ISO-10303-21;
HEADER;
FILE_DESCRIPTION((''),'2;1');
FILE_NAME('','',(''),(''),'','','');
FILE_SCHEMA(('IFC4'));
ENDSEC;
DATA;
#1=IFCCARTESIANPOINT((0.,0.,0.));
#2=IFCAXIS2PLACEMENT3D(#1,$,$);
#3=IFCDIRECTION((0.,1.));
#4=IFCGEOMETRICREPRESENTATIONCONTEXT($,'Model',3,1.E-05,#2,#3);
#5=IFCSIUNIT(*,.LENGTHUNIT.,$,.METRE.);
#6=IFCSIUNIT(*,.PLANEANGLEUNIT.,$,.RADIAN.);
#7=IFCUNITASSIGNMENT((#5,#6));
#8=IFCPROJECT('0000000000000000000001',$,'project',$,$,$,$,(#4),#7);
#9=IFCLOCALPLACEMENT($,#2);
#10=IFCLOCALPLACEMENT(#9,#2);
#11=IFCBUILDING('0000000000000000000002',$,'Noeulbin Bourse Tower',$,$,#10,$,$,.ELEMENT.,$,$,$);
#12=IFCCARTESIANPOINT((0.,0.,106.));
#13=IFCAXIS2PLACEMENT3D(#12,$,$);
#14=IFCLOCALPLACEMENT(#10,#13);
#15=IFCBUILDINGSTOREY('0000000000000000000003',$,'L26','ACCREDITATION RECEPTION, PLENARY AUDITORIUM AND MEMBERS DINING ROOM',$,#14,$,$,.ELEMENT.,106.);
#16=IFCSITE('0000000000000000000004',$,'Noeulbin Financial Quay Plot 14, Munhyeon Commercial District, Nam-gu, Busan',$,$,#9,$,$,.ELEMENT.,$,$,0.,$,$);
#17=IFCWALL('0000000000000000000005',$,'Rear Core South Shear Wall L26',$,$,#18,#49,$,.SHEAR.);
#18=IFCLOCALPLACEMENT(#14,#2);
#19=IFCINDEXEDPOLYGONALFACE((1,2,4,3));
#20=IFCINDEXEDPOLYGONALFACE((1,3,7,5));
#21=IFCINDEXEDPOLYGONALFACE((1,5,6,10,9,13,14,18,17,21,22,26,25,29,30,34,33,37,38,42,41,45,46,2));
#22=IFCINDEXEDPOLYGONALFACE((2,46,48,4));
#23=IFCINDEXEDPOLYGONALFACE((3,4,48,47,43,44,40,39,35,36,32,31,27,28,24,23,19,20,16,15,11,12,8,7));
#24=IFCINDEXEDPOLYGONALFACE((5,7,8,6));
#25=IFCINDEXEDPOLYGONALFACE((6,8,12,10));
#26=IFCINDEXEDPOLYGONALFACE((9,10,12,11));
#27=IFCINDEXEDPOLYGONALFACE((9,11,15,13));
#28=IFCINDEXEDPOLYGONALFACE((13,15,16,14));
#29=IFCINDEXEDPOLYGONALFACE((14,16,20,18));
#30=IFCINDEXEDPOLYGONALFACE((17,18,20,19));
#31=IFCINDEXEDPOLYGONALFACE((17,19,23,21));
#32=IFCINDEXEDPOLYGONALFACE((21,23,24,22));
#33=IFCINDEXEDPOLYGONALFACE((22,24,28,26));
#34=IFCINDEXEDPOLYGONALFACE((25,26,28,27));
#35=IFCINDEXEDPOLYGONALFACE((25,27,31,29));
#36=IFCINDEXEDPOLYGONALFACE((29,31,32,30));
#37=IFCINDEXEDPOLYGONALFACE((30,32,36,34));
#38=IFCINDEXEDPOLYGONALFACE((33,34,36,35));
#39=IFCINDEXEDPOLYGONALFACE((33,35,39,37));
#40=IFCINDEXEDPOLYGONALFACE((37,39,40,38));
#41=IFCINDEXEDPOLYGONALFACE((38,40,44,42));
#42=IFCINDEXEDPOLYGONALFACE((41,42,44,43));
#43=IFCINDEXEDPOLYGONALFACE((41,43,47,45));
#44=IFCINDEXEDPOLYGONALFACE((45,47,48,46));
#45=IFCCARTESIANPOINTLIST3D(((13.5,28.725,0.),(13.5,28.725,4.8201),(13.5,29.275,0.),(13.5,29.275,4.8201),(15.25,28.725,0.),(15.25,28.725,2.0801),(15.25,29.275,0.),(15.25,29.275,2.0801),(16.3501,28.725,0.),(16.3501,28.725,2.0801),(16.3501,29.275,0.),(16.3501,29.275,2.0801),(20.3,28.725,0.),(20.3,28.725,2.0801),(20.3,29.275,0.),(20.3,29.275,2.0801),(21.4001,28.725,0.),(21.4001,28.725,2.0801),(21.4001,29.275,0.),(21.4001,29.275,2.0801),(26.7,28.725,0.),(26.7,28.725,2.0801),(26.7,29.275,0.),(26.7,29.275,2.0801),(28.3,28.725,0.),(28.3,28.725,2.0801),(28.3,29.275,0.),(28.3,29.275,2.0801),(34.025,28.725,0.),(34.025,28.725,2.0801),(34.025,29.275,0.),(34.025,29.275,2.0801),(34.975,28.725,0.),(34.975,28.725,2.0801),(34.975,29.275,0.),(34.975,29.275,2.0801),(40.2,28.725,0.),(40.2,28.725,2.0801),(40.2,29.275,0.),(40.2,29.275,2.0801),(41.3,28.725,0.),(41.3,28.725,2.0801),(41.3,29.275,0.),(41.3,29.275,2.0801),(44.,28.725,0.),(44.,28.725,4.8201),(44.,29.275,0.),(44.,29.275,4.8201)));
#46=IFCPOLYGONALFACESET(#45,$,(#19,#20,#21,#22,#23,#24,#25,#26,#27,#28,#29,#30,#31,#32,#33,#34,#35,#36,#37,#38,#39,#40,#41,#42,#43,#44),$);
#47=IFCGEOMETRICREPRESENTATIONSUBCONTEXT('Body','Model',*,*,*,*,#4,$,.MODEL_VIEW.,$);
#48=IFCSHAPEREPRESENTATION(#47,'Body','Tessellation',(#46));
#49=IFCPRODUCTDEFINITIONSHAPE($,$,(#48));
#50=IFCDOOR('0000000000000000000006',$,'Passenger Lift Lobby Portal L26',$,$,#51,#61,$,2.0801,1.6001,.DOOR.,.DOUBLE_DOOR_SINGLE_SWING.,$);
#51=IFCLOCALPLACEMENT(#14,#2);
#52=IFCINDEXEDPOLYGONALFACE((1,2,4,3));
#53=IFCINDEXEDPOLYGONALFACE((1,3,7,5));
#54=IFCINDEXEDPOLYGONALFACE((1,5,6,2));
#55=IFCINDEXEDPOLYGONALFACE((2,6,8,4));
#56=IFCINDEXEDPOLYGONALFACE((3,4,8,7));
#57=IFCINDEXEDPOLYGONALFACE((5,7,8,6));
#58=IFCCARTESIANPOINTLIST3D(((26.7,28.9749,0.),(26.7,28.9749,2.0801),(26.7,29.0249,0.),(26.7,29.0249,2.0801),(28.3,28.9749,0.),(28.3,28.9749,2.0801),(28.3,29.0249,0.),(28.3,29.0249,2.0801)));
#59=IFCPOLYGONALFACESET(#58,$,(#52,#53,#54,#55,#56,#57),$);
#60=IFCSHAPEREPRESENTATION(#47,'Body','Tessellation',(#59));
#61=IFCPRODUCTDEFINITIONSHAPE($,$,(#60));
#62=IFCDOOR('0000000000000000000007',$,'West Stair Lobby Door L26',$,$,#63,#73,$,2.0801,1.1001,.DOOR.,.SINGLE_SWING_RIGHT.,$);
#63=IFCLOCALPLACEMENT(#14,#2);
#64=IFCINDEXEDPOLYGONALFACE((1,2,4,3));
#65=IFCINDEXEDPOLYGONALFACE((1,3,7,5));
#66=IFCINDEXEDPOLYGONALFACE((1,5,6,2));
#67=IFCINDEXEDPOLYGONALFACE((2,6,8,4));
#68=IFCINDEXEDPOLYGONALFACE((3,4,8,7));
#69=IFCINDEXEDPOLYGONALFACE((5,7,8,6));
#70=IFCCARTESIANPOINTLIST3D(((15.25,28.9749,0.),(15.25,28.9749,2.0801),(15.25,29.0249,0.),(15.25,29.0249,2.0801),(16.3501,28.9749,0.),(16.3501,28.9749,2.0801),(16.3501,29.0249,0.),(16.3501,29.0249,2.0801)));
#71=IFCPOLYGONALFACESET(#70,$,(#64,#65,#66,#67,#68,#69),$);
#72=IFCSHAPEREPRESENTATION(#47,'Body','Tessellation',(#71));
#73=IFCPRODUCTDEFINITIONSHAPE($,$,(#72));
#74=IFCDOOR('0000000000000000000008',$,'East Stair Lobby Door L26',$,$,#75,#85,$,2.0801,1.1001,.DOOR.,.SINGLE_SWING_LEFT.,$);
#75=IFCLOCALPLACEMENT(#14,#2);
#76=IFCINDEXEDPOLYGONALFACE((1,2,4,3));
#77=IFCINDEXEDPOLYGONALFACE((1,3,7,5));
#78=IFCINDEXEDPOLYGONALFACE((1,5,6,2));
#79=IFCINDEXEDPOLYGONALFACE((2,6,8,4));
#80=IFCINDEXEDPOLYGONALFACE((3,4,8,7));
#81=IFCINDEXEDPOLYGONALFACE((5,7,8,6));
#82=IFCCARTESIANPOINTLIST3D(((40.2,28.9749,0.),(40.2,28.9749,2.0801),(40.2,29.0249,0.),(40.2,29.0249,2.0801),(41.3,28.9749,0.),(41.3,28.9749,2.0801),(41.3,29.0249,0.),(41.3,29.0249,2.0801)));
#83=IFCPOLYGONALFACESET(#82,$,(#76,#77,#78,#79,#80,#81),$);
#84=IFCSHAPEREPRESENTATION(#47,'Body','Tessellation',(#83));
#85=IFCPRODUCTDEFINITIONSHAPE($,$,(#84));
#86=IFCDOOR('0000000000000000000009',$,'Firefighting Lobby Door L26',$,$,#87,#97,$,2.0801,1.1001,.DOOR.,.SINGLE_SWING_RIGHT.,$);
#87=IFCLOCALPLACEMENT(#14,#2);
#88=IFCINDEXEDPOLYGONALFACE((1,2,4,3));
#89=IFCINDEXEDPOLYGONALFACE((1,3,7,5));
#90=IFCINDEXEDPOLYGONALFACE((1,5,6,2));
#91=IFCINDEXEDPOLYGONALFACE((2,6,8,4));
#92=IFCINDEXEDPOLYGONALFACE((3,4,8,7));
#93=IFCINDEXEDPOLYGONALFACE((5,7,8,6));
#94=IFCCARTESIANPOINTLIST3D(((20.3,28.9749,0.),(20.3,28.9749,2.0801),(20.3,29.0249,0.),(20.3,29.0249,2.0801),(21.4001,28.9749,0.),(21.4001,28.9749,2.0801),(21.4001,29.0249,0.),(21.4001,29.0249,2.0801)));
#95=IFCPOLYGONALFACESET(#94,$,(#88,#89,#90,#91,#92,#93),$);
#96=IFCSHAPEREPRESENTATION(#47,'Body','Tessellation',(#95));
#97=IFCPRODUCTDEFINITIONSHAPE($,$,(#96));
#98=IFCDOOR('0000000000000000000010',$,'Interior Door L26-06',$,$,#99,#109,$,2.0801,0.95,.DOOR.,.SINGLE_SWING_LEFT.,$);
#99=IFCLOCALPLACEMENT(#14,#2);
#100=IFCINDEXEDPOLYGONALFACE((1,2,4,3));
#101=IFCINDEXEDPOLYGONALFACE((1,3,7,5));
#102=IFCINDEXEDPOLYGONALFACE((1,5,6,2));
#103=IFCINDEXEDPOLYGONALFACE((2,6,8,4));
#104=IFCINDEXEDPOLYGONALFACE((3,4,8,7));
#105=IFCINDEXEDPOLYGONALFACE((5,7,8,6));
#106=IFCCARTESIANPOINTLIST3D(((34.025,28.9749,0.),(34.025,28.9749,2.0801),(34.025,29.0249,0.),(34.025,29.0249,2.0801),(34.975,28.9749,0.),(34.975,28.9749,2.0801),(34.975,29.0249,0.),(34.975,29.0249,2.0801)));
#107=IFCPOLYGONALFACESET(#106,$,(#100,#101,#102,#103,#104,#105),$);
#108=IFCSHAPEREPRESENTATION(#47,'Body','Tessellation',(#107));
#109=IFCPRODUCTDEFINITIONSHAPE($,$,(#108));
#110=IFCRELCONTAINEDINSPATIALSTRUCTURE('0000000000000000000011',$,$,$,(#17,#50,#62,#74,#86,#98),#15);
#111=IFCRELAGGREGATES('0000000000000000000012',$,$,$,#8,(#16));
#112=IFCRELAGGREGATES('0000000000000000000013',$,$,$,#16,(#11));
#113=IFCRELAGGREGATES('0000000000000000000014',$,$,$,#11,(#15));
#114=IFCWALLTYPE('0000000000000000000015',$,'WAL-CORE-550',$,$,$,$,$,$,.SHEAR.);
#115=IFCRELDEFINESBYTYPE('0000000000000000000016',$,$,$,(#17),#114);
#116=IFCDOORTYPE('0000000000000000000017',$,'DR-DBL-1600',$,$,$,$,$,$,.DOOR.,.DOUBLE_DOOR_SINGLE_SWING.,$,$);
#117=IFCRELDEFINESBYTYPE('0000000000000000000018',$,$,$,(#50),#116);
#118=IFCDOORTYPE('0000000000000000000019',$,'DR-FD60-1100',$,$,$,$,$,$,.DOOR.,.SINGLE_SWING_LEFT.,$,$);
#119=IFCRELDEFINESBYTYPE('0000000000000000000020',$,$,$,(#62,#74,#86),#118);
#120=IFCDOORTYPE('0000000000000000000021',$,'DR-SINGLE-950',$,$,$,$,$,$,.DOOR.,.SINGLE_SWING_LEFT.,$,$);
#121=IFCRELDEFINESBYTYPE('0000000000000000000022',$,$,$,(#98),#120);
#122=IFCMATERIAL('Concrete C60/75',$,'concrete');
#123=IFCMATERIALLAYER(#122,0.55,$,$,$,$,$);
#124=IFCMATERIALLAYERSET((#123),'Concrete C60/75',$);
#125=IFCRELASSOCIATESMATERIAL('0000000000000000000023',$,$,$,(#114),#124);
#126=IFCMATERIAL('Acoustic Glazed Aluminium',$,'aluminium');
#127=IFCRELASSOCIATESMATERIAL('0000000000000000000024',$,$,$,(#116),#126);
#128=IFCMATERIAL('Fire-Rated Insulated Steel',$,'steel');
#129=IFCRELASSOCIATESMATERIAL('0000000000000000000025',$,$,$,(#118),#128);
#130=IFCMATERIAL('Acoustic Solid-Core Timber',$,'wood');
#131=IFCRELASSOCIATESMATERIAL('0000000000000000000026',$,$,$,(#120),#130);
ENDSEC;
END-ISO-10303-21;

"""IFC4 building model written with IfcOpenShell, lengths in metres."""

from ifc_helpers import new_model, si_unit, direction, frame, frame_2d, origin, place, context, subcontext, project, spatial, rectangle, extrude, material, layer, layer_set, type_object, element, fill, save


model = new_model("IFC4")

# Units and contexts
model_context = context("Model", 3, precision=1e-05, world=origin(), true_north=direction((0.0, 1.0)))
body_context = subcontext(model_context, "Body", "Model", "MODEL_VIEW")
ifc_project = project(units=[si_unit("LENGTHUNIT", "METRE"), si_unit("PLANEANGLEUNIT", "RADIAN")], contexts=[model_context])

# Site, building, storey
site_placement = place(None, origin())
site = spatial("IfcSite", under=ifc_project, at=site_placement, Name="Noeulbin Financial Quay Plot 14, Munhyeon Commercial District, Nam-gu, Busan", CompositionType="ELEMENT", RefElevation=0.0)
building_placement = place(site_placement, origin())
building = spatial("IfcBuilding", under=site, at=building_placement, Name="Noeulbin Bourse Tower", CompositionType="ELEMENT")
storey_placement = place(building_placement, frame((0.0, 0.0, 106.0)))
storey = spatial("IfcBuildingStorey", under=building, at=storey_placement, Name="L26", Description="ACCREDITATION RECEPTION, PLENARY AUDITORIUM AND MEMBERS DINING ROOM", CompositionType="ELEMENT", Elevation=106.0)

# Wall, openings, doors
ifc_material_1 = material(Name="Concrete C60/75", Category="concrete")
ifc_layer_1 = layer(ifc_material_1, 0.55)
ifc_layer_set_1 = layer_set([ifc_layer_1], Name="Concrete C60/75")
wall_type_1 = type_object("IfcWallType", Name="WAL-CORE-550", PredefinedType="SHEAR", material=ifc_layer_set_1)
wall_1_placement = place(storey_placement, frame((13.5, 29.0, 0.0), z_axis=(0.0, 0.0, 1.0), x_axis=(1.0, 0.0, 0.0)))
wall_1 = element("IfcWall", 1, at=wall_1_placement, inside=storey, type_object=wall_type_1, Name="Rear Core South Shear Wall L26", PredefinedType="SHEAR", context=body_context, shape_type="SweptSolid", body=[
    extrude(rectangle(XDim=30.5, YDim=0.55, at=frame_2d((15.25, 0.0))), origin(), (0.0, 0.0, 1.0), 4.8201),
])
opening_1_placement = place(wall_1_placement, frame((1.75, 0.0, 0.0)))
opening_1 = element("IfcOpeningElement", 2, at=opening_1_placement, cuts=wall_1, PredefinedType="OPENING", context=body_context, shape_type="SweptSolid", body=[
    extrude(rectangle(XDim=1.1001, YDim=2.0801, at=frame_2d((0.55, 1.04))), frame((0.0, 0.2849, 0.0), z_axis=(0.0, -1.0, 0.0), x_axis=(1.0, 0.0, 0.0)), (0.0, 0.0, 1.0), 0.5701),
])
opening_2_placement = place(wall_1_placement, frame((26.7, 0.0, 0.0)))
opening_2 = element("IfcOpeningElement", 3, at=opening_2_placement, cuts=wall_1, PredefinedType="OPENING", context=body_context, shape_type="SweptSolid", body=[
    extrude(rectangle(XDim=1.1001, YDim=2.0801, at=frame_2d((0.55, 1.04))), frame((0.0, 0.2849, 0.0), z_axis=(0.0, -1.0, 0.0), x_axis=(1.0, 0.0, 0.0)), (0.0, 0.0, 1.0), 0.5701),
])
opening_3_placement = place(wall_1_placement, frame((6.8, 0.0, 0.0)))
opening_3 = element("IfcOpeningElement", 4, at=opening_3_placement, cuts=wall_1, PredefinedType="OPENING", context=body_context, shape_type="SweptSolid", body=[
    extrude(rectangle(XDim=1.1001, YDim=2.0801, at=frame_2d((0.55, 1.04))), frame((0.0, 0.2849, 0.0), z_axis=(0.0, -1.0, 0.0), x_axis=(1.0, 0.0, 0.0)), (0.0, 0.0, 1.0), 0.5701),
])
opening_4_placement = place(wall_1_placement, frame((13.2, 0.0, 0.0)))
opening_4 = element("IfcOpeningElement", 5, at=opening_4_placement, cuts=wall_1, PredefinedType="OPENING", context=body_context, shape_type="SweptSolid", body=[
    extrude(rectangle(XDim=1.6001, YDim=2.0801, at=frame_2d((0.8, 1.04))), frame((0.0, 0.2849, 0.0), z_axis=(0.0, -1.0, 0.0), x_axis=(1.0, 0.0, 0.0)), (0.0, 0.0, 1.0), 0.5701),
])
opening_5_placement = place(wall_1_placement, frame((20.5249, 0.0, 0.0)))
opening_5 = element("IfcOpeningElement", 6, at=opening_5_placement, cuts=wall_1, PredefinedType="OPENING", context=body_context, shape_type="SweptSolid", body=[
    extrude(rectangle(XDim=0.95, YDim=2.0801, at=frame_2d((0.4751, 1.04))), frame((0.0, 0.2849, 0.0), z_axis=(0.0, -1.0, 0.0), x_axis=(1.0, 0.0, 0.0)), (0.0, 0.0, 1.0), 0.5701),
])
ifc_material_2 = material(Name="Acoustic Glazed Aluminium", Category="aluminium")
door_type_1 = type_object("IfcDoorType", Name="DR-DBL-1600", OperationType="DOUBLE_DOOR_SINGLE_SWING", PredefinedType="DOOR", material=ifc_material_2)
door_1_placement = place(opening_4_placement, origin())
door_1 = element("IfcDoor", 7, at=door_1_placement, inside=storey, type_object=door_type_1, Name="Passenger Lift Lobby Portal L26", OperationType="DOUBLE_DOOR_SINGLE_SWING", OverallHeight=2.0801, OverallWidth=1.6001, PredefinedType="DOOR", context=body_context, shape_type="SweptSolid", body=[
    extrude(rectangle(XDim=1.6001, YDim=2.0801, at=frame_2d((0.8, 1.04))), frame((0.0, 0.0249, 0.0), z_axis=(0.0, -1.0, 0.0), x_axis=(1.0, 0.0, 0.0)), (0.0, 0.0, 1.0), 0.05),
])
fill(opening_4, door_1)
ifc_material_3 = material(Name="Fire-Rated Insulated Steel", Category="steel")
door_type_2 = type_object("IfcDoorType", Name="DR-FD60-1100", OperationType="SINGLE_SWING_LEFT", PredefinedType="DOOR", material=ifc_material_3)
door_2_placement = place(opening_1_placement, origin())
door_2 = element("IfcDoor", 8, at=door_2_placement, inside=storey, type_object=door_type_2, Name="West Stair Lobby Door L26", OperationType="SINGLE_SWING_RIGHT", OverallHeight=2.0801, OverallWidth=1.1001, PredefinedType="DOOR", context=body_context, shape_type="SweptSolid", body=[
    extrude(rectangle(XDim=1.1001, YDim=2.0801, at=frame_2d((0.55, 1.04))), frame((0.0, 0.0249, 0.0), z_axis=(0.0, -1.0, 0.0), x_axis=(1.0, 0.0, 0.0)), (0.0, 0.0, 1.0), 0.05),
])
fill(opening_1, door_2)
door_3_placement = place(opening_2_placement, origin())
door_3 = element("IfcDoor", 9, at=door_3_placement, inside=storey, type_object=door_type_2, Name="East Stair Lobby Door L26", OperationType="SINGLE_SWING_LEFT", OverallHeight=2.0801, OverallWidth=1.1001, PredefinedType="DOOR", context=body_context, shape_type="SweptSolid", body=[
    extrude(rectangle(XDim=1.1001, YDim=2.0801, at=frame_2d((0.55, 1.04))), frame((0.0, 0.0249, 0.0), z_axis=(0.0, -1.0, 0.0), x_axis=(1.0, 0.0, 0.0)), (0.0, 0.0, 1.0), 0.05),
])
fill(opening_2, door_3)
door_4_placement = place(opening_3_placement, origin())
door_4 = element("IfcDoor", 10, at=door_4_placement, inside=storey, type_object=door_type_2, Name="Firefighting Lobby Door L26", OperationType="SINGLE_SWING_RIGHT", OverallHeight=2.0801, OverallWidth=1.1001, PredefinedType="DOOR", context=body_context, shape_type="SweptSolid", body=[
    extrude(rectangle(XDim=1.1001, YDim=2.0801, at=frame_2d((0.55, 1.04))), frame((0.0, 0.0249, 0.0), z_axis=(0.0, -1.0, 0.0), x_axis=(1.0, 0.0, 0.0)), (0.0, 0.0, 1.0), 0.05),
])
fill(opening_3, door_4)
ifc_material_4 = material(Name="Acoustic Solid-Core Timber", Category="wood")
door_type_3 = type_object("IfcDoorType", Name="DR-SINGLE-950", OperationType="SINGLE_SWING_LEFT", PredefinedType="DOOR", material=ifc_material_4)
door_5_placement = place(opening_5_placement, origin())
door_5 = element("IfcDoor", 11, at=door_5_placement, inside=storey, type_object=door_type_3, Name="Interior Door L26-06", OperationType="SINGLE_SWING_LEFT", OverallHeight=2.0801, OverallWidth=0.95, PredefinedType="DOOR", context=body_context, shape_type="SweptSolid", body=[
    extrude(rectangle(XDim=0.95, YDim=2.0801, at=frame_2d((0.4751, 1.04))), frame((0.0, 0.0249, 0.0), z_axis=(0.0, -1.0, 0.0), x_axis=(1.0, 0.0, 0.0)), (0.0, 0.0, 1.0), 0.05),
])
fill(opening_5, door_5)

save(model, "model.ifc")
